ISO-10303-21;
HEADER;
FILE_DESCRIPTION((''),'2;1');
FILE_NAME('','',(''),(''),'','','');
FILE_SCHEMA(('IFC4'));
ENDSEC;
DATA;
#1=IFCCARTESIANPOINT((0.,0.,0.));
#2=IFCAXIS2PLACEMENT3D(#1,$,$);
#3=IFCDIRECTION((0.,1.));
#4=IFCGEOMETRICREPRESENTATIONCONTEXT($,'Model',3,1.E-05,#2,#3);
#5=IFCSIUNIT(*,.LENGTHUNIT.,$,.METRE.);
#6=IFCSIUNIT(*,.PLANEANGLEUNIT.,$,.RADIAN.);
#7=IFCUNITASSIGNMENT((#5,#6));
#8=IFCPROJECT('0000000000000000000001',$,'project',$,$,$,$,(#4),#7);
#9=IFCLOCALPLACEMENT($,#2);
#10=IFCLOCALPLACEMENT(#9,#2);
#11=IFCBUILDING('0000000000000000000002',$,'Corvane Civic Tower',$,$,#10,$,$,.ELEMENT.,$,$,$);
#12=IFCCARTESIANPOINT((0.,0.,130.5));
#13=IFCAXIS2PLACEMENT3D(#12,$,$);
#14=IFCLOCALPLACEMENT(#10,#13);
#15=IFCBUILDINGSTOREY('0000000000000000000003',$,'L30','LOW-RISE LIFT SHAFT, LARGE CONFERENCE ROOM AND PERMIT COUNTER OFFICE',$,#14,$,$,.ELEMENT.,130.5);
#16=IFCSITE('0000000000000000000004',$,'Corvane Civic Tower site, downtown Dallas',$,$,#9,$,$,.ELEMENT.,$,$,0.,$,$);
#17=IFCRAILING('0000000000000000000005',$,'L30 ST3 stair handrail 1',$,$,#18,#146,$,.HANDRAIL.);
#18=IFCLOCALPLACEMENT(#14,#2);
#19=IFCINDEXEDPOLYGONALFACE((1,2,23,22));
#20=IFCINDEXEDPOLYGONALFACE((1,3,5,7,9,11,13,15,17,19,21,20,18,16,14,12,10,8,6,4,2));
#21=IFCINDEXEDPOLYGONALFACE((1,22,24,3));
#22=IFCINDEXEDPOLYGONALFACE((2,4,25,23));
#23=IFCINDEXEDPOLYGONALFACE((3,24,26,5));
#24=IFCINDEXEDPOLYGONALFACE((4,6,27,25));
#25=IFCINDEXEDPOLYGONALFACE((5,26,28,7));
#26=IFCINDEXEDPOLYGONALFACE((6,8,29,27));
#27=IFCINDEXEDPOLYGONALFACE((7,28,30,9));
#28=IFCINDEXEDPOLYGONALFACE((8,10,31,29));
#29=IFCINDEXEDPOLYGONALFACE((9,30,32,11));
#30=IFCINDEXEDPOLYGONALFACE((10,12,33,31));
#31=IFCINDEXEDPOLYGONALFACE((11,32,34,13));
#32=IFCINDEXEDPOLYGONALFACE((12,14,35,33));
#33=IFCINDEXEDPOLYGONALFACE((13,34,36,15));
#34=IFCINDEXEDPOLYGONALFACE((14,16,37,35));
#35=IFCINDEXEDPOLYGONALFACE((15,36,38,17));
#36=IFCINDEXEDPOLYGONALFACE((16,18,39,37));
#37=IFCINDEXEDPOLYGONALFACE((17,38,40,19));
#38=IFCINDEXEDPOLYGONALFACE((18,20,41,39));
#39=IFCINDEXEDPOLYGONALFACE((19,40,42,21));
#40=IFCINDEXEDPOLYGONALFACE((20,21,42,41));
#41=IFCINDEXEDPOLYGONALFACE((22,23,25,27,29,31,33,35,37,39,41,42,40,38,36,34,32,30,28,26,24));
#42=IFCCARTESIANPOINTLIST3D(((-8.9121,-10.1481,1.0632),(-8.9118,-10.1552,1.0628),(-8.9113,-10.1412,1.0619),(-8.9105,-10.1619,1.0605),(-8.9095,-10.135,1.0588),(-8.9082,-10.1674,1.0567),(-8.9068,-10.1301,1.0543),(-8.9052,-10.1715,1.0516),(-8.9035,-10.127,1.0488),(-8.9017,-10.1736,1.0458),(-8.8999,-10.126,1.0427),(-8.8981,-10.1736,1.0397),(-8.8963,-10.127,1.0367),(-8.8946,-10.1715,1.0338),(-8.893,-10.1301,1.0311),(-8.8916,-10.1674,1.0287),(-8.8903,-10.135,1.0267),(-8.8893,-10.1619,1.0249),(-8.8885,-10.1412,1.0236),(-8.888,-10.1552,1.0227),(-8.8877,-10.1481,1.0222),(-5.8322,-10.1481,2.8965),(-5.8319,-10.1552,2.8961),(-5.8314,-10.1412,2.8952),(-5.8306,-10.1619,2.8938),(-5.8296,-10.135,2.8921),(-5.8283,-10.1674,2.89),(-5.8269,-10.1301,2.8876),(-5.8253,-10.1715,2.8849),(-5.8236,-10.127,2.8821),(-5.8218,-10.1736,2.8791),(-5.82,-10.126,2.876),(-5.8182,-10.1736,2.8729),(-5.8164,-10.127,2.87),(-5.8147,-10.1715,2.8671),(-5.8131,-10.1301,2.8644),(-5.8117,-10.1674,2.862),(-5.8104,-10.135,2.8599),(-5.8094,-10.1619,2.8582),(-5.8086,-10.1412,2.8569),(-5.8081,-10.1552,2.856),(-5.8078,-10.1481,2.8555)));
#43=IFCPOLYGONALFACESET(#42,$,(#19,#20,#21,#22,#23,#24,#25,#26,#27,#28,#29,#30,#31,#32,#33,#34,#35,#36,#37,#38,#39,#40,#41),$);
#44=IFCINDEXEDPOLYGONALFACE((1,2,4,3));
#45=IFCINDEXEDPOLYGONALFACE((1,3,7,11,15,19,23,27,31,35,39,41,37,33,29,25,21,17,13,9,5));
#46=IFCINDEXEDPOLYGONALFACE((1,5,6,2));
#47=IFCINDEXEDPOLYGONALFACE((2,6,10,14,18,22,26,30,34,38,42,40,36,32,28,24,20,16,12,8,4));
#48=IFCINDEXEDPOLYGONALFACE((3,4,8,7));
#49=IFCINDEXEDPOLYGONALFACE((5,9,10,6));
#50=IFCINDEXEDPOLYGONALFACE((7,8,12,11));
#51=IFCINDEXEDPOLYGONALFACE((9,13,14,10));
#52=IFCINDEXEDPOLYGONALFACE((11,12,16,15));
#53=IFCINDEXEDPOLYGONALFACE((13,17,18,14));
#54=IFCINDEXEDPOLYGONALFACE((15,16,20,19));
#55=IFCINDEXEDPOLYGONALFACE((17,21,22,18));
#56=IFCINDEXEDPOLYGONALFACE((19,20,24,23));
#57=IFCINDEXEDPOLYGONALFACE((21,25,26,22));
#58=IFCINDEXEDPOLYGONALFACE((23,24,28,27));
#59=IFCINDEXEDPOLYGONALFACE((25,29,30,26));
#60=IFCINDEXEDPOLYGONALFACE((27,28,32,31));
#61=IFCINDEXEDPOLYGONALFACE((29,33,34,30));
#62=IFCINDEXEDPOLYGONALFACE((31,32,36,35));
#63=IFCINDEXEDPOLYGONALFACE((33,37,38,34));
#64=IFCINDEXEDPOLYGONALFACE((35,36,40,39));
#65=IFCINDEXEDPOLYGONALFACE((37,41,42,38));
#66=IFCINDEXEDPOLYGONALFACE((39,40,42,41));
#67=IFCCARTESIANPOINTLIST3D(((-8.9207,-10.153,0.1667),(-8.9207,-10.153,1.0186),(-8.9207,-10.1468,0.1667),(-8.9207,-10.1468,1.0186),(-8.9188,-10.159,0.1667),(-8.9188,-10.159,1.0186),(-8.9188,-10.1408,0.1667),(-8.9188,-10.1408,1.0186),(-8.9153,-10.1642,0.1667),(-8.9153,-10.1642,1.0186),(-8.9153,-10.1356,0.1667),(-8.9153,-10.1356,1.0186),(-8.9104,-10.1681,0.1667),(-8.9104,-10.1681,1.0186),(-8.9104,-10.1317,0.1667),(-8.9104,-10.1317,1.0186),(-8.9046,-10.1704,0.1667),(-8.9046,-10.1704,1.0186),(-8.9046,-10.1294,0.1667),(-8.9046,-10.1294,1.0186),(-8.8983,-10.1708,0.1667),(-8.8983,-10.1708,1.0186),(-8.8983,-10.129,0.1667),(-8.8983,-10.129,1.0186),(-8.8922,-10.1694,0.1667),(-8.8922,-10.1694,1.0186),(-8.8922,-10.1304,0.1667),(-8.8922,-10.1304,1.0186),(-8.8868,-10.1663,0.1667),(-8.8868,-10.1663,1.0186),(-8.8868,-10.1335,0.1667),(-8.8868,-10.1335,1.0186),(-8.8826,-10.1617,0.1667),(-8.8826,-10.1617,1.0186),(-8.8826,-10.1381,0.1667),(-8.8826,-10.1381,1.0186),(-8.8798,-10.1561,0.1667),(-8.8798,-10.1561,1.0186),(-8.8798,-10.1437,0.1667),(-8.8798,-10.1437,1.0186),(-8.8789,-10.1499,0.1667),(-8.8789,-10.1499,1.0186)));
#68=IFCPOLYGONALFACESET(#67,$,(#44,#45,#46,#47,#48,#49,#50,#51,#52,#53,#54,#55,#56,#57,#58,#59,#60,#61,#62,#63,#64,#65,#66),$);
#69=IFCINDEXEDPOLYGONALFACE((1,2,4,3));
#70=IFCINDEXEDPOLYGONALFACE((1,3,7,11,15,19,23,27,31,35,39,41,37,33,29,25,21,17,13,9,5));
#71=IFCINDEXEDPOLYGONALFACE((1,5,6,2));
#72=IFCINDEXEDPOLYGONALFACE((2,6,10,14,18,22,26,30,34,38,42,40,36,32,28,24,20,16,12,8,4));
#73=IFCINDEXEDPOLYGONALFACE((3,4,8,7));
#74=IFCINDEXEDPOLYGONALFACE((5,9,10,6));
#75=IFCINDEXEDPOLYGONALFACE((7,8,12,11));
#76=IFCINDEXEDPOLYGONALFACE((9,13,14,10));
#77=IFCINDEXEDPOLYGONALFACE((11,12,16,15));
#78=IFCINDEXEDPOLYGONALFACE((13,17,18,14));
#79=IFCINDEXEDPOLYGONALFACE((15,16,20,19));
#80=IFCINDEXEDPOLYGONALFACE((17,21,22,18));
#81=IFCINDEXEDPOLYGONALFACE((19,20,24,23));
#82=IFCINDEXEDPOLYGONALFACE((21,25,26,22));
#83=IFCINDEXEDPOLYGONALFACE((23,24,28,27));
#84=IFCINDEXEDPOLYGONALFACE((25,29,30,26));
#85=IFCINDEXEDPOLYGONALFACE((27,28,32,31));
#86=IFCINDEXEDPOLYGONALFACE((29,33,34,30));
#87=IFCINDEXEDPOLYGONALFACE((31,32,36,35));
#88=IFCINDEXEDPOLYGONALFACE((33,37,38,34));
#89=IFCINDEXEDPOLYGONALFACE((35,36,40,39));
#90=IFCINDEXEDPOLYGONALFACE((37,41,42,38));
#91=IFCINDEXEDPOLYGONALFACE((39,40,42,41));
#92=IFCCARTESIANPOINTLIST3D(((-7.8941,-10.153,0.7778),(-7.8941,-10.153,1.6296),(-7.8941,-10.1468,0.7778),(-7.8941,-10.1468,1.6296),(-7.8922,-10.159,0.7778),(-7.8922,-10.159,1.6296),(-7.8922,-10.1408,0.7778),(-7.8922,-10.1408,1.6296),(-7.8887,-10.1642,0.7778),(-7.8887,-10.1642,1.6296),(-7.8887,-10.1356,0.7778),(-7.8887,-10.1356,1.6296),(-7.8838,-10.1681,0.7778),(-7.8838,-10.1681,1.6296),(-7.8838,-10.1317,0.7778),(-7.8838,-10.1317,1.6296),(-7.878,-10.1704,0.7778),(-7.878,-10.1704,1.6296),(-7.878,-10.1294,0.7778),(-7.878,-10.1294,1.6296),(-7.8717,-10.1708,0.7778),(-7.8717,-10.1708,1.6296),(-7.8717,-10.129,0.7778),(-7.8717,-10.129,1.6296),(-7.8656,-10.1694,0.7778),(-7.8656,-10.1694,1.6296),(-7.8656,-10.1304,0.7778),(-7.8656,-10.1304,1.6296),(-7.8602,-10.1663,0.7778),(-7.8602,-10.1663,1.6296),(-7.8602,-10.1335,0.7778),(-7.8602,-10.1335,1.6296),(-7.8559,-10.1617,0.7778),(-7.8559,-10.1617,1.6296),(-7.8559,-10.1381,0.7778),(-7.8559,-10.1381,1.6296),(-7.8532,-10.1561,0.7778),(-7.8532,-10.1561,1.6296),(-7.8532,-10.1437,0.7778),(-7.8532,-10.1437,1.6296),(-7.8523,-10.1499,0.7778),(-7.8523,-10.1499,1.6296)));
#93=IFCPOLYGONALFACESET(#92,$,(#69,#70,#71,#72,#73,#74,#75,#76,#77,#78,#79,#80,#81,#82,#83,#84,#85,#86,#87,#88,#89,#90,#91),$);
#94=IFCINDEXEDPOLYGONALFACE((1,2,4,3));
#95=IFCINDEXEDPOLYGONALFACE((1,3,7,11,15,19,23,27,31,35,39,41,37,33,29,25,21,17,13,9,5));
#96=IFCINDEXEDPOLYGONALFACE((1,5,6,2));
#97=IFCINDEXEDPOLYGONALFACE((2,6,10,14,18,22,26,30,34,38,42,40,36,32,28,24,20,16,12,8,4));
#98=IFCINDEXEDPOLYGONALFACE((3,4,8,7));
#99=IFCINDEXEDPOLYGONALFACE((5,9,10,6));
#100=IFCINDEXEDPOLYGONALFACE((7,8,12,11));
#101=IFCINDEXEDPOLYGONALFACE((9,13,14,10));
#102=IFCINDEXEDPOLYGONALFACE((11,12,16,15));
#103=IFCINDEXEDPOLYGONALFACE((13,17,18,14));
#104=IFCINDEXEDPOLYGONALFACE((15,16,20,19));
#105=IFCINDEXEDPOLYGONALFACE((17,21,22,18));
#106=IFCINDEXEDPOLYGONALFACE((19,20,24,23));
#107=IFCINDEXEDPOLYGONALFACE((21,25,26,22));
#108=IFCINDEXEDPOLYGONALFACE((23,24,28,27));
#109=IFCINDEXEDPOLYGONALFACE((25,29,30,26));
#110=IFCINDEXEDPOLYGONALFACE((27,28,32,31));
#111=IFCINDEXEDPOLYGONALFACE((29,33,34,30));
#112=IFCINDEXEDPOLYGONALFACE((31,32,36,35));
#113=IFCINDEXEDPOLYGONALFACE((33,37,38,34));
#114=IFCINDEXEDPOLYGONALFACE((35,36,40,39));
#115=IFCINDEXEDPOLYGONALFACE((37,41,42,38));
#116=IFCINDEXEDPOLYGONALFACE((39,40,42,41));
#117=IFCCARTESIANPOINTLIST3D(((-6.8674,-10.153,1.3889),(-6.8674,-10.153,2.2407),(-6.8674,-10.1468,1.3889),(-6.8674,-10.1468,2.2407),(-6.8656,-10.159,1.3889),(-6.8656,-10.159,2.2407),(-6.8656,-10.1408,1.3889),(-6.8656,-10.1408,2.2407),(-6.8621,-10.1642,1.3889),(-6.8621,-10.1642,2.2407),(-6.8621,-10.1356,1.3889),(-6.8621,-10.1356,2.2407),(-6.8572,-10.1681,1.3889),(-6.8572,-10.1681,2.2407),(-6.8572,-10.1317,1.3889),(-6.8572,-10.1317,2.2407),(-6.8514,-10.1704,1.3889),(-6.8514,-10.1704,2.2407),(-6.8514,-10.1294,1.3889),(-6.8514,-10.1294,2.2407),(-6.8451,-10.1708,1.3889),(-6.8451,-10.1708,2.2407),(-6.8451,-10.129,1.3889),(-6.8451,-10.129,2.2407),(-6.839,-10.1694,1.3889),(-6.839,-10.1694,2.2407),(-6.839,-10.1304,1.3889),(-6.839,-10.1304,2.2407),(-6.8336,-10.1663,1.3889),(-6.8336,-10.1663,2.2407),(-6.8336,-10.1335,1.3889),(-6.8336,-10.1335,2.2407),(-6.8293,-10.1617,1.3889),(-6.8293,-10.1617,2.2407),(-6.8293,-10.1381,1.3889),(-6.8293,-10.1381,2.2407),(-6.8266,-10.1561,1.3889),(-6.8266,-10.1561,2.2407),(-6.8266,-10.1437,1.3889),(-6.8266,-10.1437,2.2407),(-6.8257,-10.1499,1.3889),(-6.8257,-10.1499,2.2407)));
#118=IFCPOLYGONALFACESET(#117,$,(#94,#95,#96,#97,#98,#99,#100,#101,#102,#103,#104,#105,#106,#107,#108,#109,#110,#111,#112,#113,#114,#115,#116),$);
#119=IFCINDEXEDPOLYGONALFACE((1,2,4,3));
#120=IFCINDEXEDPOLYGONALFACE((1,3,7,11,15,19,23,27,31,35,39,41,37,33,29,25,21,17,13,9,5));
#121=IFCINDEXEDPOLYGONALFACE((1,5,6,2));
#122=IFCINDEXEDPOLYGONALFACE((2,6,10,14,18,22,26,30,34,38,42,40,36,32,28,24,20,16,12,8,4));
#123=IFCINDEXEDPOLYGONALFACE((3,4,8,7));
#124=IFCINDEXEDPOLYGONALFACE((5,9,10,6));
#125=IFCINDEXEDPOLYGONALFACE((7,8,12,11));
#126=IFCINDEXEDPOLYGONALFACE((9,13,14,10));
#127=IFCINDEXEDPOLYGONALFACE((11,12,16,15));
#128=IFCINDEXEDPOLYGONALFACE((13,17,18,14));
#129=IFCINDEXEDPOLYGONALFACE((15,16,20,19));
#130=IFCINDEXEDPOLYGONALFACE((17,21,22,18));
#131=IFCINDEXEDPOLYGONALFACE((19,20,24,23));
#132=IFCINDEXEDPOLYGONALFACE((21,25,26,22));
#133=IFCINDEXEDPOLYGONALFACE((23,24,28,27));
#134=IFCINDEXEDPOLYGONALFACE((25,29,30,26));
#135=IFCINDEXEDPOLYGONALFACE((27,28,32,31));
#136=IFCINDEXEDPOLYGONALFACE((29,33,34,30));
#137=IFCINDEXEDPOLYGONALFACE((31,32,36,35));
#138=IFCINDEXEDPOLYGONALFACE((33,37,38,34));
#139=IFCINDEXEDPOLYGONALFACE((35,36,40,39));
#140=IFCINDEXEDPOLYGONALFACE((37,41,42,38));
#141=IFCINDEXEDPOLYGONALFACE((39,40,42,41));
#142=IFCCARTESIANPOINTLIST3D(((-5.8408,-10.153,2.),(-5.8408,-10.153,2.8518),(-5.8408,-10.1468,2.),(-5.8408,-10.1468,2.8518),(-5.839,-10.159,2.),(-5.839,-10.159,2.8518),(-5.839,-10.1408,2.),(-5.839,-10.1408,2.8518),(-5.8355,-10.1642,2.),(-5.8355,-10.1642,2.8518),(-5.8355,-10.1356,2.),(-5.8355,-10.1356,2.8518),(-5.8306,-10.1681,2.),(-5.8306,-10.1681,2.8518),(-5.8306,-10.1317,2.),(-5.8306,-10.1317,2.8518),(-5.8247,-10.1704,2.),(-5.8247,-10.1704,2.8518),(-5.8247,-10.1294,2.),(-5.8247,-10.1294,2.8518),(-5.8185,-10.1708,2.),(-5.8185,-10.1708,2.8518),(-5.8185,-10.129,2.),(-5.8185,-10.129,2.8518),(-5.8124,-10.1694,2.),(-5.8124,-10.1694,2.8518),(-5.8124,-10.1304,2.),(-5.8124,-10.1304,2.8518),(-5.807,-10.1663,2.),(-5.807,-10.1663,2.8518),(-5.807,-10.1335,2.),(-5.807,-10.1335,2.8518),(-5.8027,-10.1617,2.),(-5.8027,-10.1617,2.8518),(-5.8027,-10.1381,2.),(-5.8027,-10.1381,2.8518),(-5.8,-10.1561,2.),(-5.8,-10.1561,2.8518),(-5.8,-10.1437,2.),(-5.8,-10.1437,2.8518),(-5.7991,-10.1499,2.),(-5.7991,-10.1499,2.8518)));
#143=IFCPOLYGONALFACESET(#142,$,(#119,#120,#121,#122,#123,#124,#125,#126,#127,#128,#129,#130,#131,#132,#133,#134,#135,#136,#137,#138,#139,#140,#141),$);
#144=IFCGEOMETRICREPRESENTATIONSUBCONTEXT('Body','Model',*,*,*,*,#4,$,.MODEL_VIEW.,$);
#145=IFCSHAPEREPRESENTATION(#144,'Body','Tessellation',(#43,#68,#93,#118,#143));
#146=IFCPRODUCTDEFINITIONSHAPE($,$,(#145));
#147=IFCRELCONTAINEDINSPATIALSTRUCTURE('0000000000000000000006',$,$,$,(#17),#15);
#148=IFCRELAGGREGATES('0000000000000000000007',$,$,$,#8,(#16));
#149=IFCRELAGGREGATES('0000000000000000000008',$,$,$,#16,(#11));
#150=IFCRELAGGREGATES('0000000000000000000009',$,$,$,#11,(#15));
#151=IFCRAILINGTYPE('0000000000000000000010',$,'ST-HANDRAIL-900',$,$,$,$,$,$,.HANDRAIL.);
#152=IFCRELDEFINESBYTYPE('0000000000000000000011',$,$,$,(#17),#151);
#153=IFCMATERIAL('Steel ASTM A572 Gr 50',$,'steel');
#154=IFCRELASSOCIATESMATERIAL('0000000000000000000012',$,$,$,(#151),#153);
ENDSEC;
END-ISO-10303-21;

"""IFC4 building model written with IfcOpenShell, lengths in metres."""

from ifc_helpers import new_model, si_unit, direction, frame, origin, origin_2d, place, context, subcontext, project, spatial, circle, extrude, material, type_object, element, save


model = new_model("IFC4")

# Units and contexts
model_context = context("Model", 3, precision=1e-05, world=origin(), true_north=direction((0.0, 1.0)))
body_context = subcontext(model_context, "Body", "Model", "MODEL_VIEW")
ifc_project = project(units=[si_unit("LENGTHUNIT", "METRE"), si_unit("PLANEANGLEUNIT", "RADIAN")], contexts=[model_context])

# Site, building, storey
site_placement = place(None, origin())
site = spatial("IfcSite", under=ifc_project, at=site_placement, Name="Corvane Civic Tower site, downtown Dallas", CompositionType="ELEMENT", RefElevation=0.0)
building_placement = place(site_placement, origin())
building = spatial("IfcBuilding", under=site, at=building_placement, Name="Corvane Civic Tower", CompositionType="ELEMENT")
storey_placement = place(building_placement, frame((0.0, 0.0, 130.5)))
storey = spatial("IfcBuildingStorey", under=building, at=storey_placement, Name="L30", Description="LOW-RISE LIFT SHAFT, LARGE CONFERENCE ROOM AND PERMIT COUNTER OFFICE", CompositionType="ELEMENT", Elevation=130.5)

# Railing
ifc_material_1 = material(Name="Steel ASTM A572 Gr 50", Category="steel")
railing_type_1 = type_object("IfcRailingType", Name="ST-HANDRAIL-900", PredefinedType="HANDRAIL", material=ifc_material_1)
railing_1_placement = place(storey_placement, frame((-8.8999, -10.1499, 0.1667)))
element("IfcRailing", 1, at=railing_1_placement, inside=storey, type_object=railing_type_1, Name="L30 ST3 stair handrail 1", PredefinedType="HANDRAIL", context=body_context, shape_type="SweptSolid", body=[
    extrude(circle(Radius=0.0239, at=origin_2d()), frame((0.0, 0.0, 0.876), z_axis=(0.859291, 0.0, 0.511487), x_axis=(0.0, 1.0, 0.0)), (0.0, 0.0, 1.0), 3.5842),
    extrude(circle(Radius=0.021, at=origin_2d()), origin(), (0.0, 0.0, 1.0), 0.8518),
    extrude(circle(Radius=0.021, at=origin_2d()), frame((1.0266, 0.0, 0.6111)), (0.0, 0.0, 1.0), 0.8518),
    extrude(circle(Radius=0.021, at=origin_2d()), frame((2.0532, 0.0, 1.2222)), (0.0, 0.0, 1.0), 0.8518),
    extrude(circle(Radius=0.021, at=origin_2d()), frame((3.0798, 0.0, 1.8333)), (0.0, 0.0, 1.0), 0.8518),
])

save(model, "model.ifc")
